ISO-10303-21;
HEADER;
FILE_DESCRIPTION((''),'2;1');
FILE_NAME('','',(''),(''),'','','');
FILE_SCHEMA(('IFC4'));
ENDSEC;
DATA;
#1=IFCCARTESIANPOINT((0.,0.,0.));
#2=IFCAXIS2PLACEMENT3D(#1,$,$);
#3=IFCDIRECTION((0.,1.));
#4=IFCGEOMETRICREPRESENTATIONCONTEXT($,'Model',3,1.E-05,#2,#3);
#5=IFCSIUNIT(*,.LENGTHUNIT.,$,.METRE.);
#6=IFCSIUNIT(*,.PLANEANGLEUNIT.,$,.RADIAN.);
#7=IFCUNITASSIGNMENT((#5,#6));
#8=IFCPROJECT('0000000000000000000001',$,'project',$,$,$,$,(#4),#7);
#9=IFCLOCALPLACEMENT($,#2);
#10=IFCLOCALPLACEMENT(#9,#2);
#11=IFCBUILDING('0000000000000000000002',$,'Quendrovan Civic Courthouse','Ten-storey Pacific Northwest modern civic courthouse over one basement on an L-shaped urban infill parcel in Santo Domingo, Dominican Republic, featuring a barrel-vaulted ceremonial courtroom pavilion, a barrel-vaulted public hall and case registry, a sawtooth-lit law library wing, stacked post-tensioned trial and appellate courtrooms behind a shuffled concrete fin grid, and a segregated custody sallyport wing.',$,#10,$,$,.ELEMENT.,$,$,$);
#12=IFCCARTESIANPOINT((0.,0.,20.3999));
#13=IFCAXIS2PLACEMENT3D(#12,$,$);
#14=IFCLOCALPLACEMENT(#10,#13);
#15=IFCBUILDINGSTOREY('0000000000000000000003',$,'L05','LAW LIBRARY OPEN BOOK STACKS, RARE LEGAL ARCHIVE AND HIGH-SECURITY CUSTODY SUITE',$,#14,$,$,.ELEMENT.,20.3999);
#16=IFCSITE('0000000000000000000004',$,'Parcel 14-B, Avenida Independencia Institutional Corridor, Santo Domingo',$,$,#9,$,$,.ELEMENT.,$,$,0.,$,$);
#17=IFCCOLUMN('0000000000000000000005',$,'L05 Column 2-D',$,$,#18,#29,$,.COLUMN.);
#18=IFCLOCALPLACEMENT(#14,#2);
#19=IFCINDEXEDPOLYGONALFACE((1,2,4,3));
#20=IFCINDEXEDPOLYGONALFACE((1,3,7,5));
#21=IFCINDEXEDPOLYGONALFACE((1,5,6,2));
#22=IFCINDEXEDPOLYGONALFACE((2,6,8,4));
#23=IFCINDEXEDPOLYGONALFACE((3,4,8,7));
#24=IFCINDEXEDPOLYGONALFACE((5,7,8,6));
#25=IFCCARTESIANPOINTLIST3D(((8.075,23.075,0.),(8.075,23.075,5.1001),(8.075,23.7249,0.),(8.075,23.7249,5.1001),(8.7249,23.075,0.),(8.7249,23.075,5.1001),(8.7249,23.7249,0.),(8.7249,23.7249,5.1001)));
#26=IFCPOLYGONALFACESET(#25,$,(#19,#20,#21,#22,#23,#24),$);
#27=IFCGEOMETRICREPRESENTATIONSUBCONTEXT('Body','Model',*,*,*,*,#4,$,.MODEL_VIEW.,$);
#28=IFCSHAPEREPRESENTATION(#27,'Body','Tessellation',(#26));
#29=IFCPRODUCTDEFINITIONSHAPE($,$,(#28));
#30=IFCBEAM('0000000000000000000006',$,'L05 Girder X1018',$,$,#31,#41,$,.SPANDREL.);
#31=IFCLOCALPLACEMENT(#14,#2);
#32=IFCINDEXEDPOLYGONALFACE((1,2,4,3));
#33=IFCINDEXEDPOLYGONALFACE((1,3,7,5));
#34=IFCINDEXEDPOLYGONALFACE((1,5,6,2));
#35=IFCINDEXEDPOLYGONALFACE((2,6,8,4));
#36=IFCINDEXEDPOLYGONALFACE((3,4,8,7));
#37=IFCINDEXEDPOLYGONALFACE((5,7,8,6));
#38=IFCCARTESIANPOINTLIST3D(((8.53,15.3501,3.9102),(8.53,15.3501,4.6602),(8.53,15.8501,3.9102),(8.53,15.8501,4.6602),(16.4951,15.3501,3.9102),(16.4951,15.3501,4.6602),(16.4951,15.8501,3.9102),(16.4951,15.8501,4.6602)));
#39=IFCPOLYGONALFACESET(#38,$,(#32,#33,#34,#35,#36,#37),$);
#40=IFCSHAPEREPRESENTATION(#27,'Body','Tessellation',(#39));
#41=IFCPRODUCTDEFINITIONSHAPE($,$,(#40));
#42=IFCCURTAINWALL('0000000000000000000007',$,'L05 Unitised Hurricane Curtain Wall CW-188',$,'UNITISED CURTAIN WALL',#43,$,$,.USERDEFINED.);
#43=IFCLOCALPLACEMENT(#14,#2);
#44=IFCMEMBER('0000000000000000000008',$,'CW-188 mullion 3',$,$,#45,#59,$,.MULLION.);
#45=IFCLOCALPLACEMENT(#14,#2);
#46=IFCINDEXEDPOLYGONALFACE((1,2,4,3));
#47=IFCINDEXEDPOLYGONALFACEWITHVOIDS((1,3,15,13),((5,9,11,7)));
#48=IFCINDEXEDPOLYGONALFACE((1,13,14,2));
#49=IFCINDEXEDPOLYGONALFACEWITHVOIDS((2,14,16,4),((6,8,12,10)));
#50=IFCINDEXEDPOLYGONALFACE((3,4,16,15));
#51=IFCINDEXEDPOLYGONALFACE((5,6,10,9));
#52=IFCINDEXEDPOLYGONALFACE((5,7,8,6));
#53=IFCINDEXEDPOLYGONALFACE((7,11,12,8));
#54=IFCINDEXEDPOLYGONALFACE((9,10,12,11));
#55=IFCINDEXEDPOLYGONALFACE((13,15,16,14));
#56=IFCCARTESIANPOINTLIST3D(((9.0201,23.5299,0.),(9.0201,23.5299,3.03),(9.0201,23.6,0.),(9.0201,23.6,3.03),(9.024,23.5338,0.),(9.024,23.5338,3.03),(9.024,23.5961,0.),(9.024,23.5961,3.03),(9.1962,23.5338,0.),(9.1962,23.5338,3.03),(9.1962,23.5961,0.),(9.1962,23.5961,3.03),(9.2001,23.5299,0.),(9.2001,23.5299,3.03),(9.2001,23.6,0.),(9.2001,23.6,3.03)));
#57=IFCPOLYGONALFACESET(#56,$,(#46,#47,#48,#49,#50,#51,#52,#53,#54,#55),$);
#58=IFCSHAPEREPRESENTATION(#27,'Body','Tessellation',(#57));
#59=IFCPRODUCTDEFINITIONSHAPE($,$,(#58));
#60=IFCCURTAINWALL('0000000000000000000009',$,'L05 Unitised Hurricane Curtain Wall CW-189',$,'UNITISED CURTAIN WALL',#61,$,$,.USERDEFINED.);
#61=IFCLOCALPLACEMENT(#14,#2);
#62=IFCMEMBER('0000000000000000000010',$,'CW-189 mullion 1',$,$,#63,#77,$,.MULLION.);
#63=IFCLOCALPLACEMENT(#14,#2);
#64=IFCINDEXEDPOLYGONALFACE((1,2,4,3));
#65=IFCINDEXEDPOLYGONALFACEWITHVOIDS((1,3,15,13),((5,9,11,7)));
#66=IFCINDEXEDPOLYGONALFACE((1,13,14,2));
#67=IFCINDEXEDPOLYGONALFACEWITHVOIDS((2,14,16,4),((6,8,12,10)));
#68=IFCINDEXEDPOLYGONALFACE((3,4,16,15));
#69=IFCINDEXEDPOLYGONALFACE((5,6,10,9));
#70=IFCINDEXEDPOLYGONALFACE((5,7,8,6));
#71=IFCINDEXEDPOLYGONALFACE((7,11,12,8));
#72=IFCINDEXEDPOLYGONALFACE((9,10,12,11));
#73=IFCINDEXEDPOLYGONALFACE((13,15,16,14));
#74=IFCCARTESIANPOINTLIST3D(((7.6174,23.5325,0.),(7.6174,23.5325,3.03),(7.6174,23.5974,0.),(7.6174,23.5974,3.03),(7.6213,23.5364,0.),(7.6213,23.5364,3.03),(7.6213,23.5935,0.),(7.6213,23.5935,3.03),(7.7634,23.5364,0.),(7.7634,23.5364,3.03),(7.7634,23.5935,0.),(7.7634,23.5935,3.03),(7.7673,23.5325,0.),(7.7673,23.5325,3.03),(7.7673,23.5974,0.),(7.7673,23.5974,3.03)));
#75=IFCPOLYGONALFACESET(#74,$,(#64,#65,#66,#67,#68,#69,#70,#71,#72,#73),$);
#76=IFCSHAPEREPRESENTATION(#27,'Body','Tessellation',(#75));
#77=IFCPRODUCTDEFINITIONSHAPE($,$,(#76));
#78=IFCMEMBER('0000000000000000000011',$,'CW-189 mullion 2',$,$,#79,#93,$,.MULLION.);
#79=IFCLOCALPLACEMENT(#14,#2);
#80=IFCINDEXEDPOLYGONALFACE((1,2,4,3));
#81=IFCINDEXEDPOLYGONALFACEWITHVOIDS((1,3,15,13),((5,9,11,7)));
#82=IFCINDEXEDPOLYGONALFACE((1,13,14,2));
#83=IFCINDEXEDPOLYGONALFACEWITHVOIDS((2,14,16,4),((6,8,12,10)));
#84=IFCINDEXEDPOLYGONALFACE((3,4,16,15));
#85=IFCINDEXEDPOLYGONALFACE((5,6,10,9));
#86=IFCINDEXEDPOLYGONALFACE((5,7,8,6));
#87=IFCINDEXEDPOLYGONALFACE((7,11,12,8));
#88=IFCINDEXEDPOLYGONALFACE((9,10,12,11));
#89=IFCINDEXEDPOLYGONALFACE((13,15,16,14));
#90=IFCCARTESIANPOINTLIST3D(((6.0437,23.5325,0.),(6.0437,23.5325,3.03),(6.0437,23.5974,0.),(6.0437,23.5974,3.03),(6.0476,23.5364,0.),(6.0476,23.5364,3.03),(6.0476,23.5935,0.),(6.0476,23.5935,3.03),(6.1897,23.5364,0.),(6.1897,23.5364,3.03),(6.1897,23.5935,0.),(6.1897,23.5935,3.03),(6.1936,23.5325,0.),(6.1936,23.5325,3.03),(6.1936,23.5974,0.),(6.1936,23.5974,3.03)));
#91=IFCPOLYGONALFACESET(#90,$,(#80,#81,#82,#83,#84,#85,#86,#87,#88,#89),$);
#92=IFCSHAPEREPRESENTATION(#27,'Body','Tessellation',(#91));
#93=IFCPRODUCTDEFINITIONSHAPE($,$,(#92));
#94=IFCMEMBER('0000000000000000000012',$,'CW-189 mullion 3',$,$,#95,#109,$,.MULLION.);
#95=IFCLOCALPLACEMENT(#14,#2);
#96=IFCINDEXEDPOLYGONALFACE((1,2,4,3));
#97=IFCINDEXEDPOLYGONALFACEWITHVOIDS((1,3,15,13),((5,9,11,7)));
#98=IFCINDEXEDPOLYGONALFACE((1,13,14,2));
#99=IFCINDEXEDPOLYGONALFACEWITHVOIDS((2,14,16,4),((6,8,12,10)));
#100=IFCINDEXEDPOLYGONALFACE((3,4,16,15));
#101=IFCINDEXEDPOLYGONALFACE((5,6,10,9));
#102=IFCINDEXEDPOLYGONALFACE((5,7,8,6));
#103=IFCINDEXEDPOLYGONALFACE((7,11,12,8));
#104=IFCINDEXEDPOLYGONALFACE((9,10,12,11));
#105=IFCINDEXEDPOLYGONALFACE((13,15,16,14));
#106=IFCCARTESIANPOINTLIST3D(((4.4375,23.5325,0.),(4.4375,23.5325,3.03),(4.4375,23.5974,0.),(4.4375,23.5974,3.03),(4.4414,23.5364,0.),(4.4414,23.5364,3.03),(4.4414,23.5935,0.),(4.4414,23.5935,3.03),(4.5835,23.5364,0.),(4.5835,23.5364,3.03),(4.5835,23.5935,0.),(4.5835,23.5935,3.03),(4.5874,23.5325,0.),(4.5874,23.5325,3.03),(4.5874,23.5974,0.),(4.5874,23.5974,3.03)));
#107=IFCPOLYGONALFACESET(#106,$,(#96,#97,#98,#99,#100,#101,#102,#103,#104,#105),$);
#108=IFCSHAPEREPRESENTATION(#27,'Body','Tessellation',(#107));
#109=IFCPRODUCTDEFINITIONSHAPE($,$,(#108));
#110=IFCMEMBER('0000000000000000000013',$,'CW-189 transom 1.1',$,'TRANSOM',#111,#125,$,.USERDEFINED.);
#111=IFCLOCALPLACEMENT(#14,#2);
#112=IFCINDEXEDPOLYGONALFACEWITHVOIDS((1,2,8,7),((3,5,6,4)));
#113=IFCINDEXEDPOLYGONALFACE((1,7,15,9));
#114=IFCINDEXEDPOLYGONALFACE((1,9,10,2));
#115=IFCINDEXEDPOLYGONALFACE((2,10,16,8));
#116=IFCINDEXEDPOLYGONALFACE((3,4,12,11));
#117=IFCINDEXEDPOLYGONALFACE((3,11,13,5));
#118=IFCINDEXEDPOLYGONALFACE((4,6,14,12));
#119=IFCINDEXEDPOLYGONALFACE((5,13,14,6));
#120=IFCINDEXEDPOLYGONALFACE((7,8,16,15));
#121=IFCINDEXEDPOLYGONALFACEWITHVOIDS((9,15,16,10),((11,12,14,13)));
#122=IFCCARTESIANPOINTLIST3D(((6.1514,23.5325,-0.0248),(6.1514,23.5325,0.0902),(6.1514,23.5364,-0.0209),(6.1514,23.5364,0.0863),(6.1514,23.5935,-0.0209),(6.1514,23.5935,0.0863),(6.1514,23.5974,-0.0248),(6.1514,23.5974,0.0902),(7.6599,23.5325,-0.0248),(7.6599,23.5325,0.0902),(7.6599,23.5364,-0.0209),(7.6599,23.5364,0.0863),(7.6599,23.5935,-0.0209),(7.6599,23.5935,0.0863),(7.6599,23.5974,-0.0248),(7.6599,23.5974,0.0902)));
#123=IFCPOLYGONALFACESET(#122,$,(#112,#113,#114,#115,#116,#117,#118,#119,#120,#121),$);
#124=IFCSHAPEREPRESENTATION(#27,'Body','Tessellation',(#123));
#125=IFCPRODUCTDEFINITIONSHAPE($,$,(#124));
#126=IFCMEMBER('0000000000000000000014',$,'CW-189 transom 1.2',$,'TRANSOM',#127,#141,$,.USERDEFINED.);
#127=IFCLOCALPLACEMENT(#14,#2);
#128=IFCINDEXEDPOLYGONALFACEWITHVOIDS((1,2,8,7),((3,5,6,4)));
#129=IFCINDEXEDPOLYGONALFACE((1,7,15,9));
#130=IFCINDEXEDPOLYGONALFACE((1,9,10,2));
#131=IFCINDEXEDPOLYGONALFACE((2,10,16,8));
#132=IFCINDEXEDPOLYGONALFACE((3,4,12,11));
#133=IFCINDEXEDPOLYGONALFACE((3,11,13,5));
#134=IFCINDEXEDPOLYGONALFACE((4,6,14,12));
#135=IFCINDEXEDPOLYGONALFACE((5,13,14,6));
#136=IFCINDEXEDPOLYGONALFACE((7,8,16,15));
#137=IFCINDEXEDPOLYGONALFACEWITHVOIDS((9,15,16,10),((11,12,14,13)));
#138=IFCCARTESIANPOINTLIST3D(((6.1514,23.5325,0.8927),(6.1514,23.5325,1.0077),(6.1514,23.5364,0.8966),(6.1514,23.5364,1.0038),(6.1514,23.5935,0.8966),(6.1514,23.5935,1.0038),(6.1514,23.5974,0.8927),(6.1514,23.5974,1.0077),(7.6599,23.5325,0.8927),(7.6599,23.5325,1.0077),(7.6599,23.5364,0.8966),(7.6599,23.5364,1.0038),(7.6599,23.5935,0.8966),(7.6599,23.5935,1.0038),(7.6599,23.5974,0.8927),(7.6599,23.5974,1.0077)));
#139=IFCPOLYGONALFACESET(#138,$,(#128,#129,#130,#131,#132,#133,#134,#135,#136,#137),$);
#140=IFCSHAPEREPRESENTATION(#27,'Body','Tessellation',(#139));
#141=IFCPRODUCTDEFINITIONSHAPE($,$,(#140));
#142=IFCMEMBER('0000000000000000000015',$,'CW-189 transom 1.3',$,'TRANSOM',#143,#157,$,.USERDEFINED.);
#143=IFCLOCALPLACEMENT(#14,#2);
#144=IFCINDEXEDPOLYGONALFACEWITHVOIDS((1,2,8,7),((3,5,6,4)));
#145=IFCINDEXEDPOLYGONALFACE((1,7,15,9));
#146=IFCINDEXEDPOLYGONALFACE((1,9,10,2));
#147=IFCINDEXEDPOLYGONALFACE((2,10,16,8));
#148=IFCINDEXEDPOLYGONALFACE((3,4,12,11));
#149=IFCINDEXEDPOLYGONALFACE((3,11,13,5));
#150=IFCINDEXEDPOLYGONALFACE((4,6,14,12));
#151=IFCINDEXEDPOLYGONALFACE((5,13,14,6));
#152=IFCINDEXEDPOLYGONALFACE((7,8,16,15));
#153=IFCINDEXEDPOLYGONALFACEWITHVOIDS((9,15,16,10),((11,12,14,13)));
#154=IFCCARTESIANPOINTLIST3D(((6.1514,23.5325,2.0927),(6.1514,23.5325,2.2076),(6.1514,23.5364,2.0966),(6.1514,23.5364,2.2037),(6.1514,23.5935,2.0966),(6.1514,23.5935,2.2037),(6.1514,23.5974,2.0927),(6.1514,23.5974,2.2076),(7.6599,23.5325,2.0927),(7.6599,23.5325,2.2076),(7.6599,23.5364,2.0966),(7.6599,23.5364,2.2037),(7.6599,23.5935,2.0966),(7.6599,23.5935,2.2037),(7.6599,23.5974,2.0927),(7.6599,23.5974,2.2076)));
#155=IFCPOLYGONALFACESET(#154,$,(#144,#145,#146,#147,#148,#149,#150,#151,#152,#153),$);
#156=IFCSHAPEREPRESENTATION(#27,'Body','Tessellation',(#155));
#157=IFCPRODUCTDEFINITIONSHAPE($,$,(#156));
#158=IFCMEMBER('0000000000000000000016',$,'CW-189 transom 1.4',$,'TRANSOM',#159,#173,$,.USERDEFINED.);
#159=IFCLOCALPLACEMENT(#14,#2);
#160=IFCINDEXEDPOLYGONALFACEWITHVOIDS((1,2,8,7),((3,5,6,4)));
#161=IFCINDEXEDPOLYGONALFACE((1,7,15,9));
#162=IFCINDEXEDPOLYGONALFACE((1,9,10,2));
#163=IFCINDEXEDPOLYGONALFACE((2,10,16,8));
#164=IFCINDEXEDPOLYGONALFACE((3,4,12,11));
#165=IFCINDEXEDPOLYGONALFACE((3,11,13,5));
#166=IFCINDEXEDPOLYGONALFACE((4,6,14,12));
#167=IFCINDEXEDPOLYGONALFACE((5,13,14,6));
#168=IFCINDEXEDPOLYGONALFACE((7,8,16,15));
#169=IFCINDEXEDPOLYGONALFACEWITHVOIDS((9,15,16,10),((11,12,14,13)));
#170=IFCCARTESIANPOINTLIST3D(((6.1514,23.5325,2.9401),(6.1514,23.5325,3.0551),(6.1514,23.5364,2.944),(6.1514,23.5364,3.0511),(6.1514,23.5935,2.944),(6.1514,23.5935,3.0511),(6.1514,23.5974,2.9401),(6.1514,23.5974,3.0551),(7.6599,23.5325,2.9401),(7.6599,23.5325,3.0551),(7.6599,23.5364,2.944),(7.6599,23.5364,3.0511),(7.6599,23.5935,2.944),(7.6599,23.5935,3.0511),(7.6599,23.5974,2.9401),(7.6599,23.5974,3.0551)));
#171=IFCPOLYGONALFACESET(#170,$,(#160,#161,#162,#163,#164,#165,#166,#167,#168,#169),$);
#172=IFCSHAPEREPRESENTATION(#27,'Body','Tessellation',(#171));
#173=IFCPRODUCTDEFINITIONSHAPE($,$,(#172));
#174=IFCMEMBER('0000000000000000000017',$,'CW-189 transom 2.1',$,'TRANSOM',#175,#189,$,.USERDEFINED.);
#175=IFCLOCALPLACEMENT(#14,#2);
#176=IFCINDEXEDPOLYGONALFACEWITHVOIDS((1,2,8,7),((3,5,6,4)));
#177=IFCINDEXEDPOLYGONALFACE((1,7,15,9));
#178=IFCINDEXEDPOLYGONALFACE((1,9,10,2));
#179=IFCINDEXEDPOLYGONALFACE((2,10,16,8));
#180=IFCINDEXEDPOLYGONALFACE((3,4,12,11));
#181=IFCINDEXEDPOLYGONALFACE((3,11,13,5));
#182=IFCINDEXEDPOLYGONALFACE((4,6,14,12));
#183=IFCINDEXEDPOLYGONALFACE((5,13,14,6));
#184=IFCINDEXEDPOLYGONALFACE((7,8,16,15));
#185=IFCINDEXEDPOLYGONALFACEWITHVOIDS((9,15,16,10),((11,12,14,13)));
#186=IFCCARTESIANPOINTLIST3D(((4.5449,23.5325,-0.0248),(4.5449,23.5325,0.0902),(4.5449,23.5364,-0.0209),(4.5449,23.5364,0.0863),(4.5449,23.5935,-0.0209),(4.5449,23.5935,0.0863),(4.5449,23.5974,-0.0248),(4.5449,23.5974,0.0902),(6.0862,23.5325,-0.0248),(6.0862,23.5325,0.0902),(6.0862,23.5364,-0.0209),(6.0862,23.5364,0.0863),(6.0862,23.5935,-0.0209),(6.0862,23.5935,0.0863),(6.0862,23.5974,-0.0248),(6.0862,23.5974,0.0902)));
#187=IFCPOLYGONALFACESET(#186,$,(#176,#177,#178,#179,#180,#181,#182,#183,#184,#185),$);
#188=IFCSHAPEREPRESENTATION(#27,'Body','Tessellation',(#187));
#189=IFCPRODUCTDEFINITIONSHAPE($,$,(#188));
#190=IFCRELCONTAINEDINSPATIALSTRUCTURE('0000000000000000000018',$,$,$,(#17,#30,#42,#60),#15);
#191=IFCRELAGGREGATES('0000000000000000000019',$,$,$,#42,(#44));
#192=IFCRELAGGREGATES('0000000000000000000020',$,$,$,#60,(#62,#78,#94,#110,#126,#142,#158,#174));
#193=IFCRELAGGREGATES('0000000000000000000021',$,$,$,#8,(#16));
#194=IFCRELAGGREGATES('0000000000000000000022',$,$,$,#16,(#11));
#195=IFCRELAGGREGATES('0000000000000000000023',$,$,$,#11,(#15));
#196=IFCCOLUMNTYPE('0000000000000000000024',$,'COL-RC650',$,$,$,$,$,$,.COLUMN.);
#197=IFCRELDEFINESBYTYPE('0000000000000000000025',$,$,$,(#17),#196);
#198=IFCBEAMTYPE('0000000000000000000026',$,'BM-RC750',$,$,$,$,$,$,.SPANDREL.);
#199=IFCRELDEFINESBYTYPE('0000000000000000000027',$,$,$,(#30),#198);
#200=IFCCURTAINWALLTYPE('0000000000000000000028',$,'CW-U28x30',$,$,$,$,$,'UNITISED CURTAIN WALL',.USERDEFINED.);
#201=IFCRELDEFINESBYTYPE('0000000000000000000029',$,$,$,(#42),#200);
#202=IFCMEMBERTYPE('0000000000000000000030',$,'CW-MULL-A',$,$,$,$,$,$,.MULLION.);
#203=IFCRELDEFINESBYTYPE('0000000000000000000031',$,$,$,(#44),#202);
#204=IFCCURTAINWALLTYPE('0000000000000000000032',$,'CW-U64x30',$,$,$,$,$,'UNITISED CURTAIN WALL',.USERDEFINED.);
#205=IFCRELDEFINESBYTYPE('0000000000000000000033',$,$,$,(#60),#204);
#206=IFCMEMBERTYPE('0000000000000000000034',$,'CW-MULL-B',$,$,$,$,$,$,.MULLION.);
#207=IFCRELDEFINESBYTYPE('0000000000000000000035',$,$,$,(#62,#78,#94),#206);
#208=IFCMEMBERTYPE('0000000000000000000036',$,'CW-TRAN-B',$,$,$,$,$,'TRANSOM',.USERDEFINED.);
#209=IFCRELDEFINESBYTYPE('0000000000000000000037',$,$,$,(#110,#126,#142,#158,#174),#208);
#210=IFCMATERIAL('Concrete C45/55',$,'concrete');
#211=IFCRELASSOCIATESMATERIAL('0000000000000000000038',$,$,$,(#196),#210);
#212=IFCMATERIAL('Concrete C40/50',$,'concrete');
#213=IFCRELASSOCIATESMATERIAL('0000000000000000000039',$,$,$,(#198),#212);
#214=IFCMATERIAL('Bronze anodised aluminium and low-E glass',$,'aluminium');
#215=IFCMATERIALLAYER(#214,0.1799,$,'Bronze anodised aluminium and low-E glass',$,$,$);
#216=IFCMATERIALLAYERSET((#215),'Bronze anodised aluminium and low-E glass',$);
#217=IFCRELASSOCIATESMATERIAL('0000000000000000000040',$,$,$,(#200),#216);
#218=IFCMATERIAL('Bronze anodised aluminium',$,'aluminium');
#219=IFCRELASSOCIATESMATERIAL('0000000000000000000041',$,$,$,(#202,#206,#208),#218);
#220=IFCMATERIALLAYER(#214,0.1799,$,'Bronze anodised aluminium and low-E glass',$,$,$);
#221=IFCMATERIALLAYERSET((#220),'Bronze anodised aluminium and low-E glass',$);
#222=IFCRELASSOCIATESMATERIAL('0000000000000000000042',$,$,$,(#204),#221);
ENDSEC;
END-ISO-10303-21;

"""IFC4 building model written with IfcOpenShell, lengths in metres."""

from ifc_helpers import new_model, si_unit, direction, frame, origin, origin_2d, place, context, subcontext, project, spatial, rectangle, hollow_rectangle, extrude, material, layer, layer_set, material_profile, profile_set, type_object, element, aggregate, save


model = new_model("IFC4")

# Units and contexts
model_context = context("Model", 3, precision=1e-05, world=origin(), true_north=direction((0.0, 1.0)))
body_context = subcontext(model_context, "Body", "Model", "MODEL_VIEW")
ifc_project = project(units=[si_unit("LENGTHUNIT", "METRE"), si_unit("PLANEANGLEUNIT", "RADIAN")], contexts=[model_context])

# Site, building, storey
site_placement = place(None, origin())
site = spatial("IfcSite", under=ifc_project, at=site_placement, Name="Parcel 14-B, Avenida Independencia Institutional Corridor, Santo Domingo", CompositionType="ELEMENT", RefElevation=0.0)
building_placement = place(site_placement, origin())
building = spatial("IfcBuilding", under=site, at=building_placement, Name="Quendrovan Civic Courthouse", Description="Ten-storey Pacific Northwest modern civic courthouse over one basement on an L-shaped urban infill parcel in Santo Domingo, Dominican Republic, featuring a barrel-vaulted ceremonial courtroom pavilion, a barrel-vaulted public hall and case registry, a sawtooth-lit law library wing, stacked post-tensioned trial and appellate courtrooms behind a shuffled concrete fin grid, and a segregated custody sallyport wing.", CompositionType="ELEMENT")
storey_placement = place(building_placement, frame((0.0, 0.0, 20.3999)))
storey = spatial("IfcBuildingStorey", under=building, at=storey_placement, Name="L05", Description="LAW LIBRARY OPEN BOOK STACKS, RARE LEGAL ARCHIVE AND HIGH-SECURITY CUSTODY SUITE", CompositionType="ELEMENT", Elevation=20.3999)

# Column
ifc_material_1 = material(Name="Concrete C45/55", Category="concrete")
ifc_material_profile_1 = material_profile(ifc_material_1, rectangle(XDim=0.6499, YDim=0.6499, at=origin_2d()), Name="RC-COL-650x650")
ifc_profile_set_1 = profile_set([ifc_material_profile_1], Name="Concrete C45/55")
column_type = type_object("IfcColumnType", Name="COL-RC650", PredefinedType="COLUMN", material=ifc_profile_set_1)
column_placement = place(storey_placement, frame((8.3999, 23.3999, 0.0), z_axis=(0.0, 0.0, 1.0), x_axis=(1.0, 0.0, 0.0)))
element("IfcColumn", 1, at=column_placement, inside=storey, type_object=column_type, Name="L05 Column 2-D", PredefinedType="COLUMN", context=body_context, shape_type="SweptSolid", body=[
    extrude(rectangle(XDim=0.6499, YDim=0.6499, at=origin_2d()), origin(), (0.0, 0.0, 1.0), 5.1001),
])

# Beam
ifc_material_2 = material(Name="Concrete C40/50", Category="concrete")
ifc_material_profile_2 = material_profile(ifc_material_2, rectangle(XDim=0.5, YDim=0.75, at=origin_2d()), Name="RC-BM-500x750")
ifc_profile_set_2 = profile_set([ifc_material_profile_2], Name="Concrete C40/50")
beam_type = type_object("IfcBeamType", Name="BM-RC750", PredefinedType="SPANDREL", material=ifc_profile_set_2)
beam_placement = place(storey_placement, frame((8.53, 15.6001, 4.2852), z_axis=(1.0, 0.0, 0.0), x_axis=(0.0, 1.0, 0.0)))
element("IfcBeam", 2, at=beam_placement, inside=storey, type_object=beam_type, Name="L05 Girder X1018", PredefinedType="SPANDREL", context=body_context, shape_type="SweptSolid", body=[
    extrude(rectangle(XDim=0.5, YDim=0.75, at=origin_2d()), origin(), (0.0, 0.0, 1.0), 7.9651),
])

# Curtain wall, member
ifc_material_3 = material(Name="Bronze anodised aluminium and low-E glass", Category="aluminium")
ifc_layer_1 = layer(ifc_material_3, 0.1799, Name="Bronze anodised aluminium and low-E glass")
ifc_layer_set_1 = layer_set([ifc_layer_1], Name="Bronze anodised aluminium and low-E glass")
curtain_wall_type_1 = type_object("IfcCurtainWallType", Name="CW-U28x30", ElementType="UNITISED CURTAIN WALL", PredefinedType="USERDEFINED", material=ifc_layer_set_1)
curtain_wall_1_placement = place(storey_placement, origin())
curtain_wall_1 = element("IfcCurtainWall", 3, at=curtain_wall_1_placement, inside=storey, type_object=curtain_wall_type_1, Name="L05 Unitised Hurricane Curtain Wall CW-188", ObjectType="UNITISED CURTAIN WALL", PredefinedType="USERDEFINED")
ifc_material_4 = material(Name="Bronze anodised aluminium", Category="aluminium")
ifc_material_profile_3 = material_profile(ifc_material_4, hollow_rectangle(XDim=0.0701, YDim=0.1799, WallThickness=0.0039, at=origin_2d()), Name="CW-MULL-70x180")
ifc_profile_set_3 = profile_set([ifc_material_profile_3], Name="Bronze anodised aluminium")
member_type_1 = type_object("IfcMemberType", Name="CW-MULL-A", PredefinedType="MULLION", material=ifc_profile_set_3)
member_1_placement = place(storey_placement, frame((9.1101, 23.5649, 0.0), z_axis=(0.0, 0.0, 1.0), x_axis=(0.0, -1.0, 0.0)))
member_1 = element("IfcMember", 4, at=member_1_placement, type_object=member_type_1, Name="CW-188 mullion 3", PredefinedType="MULLION", context=body_context, shape_type="SweptSolid", body=[
    extrude(hollow_rectangle(XDim=0.0701, YDim=0.1799, WallThickness=0.0039, at=origin_2d()), origin(), (0.0, 0.0, 1.0), 3.03),
])

# Curtain wall, members
ifc_layer_2 = layer(ifc_material_3, 0.1799, Name="Bronze anodised aluminium and low-E glass")
ifc_layer_set_2 = layer_set([ifc_layer_2], Name="Bronze anodised aluminium and low-E glass")
curtain_wall_type_2 = type_object("IfcCurtainWallType", Name="CW-U64x30", ElementType="UNITISED CURTAIN WALL", PredefinedType="USERDEFINED", material=ifc_layer_set_2)
curtain_wall_2_placement = place(storey_placement, origin())
curtain_wall_2 = element("IfcCurtainWall", 5, at=curtain_wall_2_placement, inside=storey, type_object=curtain_wall_type_2, Name="L05 Unitised Hurricane Curtain Wall CW-189", ObjectType="UNITISED CURTAIN WALL", PredefinedType="USERDEFINED")
ifc_material_profile_4 = material_profile(ifc_material_4, hollow_rectangle(XDim=0.0649, YDim=0.1499, WallThickness=0.0039, at=origin_2d()), Name="CW-MULL-65x150")
ifc_profile_set_4 = profile_set([ifc_material_profile_4], Name="Bronze anodised aluminium")
member_type_2 = type_object("IfcMemberType", Name="CW-MULL-B", PredefinedType="MULLION", material=ifc_profile_set_4)
member_2_placement = place(storey_placement, frame((7.6924, 23.5649, 0.0), z_axis=(0.0, 0.0, 1.0), x_axis=(0.0, -1.0, 0.0)))
member_2 = element("IfcMember", 6, at=member_2_placement, type_object=member_type_2, Name="CW-189 mullion 1", PredefinedType="MULLION", context=body_context, shape_type="SweptSolid", body=[
    extrude(hollow_rectangle(XDim=0.0649, YDim=0.1499, WallThickness=0.0039, at=origin_2d()), origin(), (0.0, 0.0, 1.0), 3.03),
])
member_3_placement = place(storey_placement, frame((6.1187, 23.5649, 0.0), z_axis=(0.0, 0.0, 1.0), x_axis=(0.0, -1.0, 0.0)))
member_3 = element("IfcMember", 7, at=member_3_placement, type_object=member_type_2, Name="CW-189 mullion 2", PredefinedType="MULLION", context=body_context, shape_type="SweptSolid", body=[
    extrude(hollow_rectangle(XDim=0.0649, YDim=0.1499, WallThickness=0.0039, at=origin_2d()), origin(), (0.0, 0.0, 1.0), 3.03),
])
member_4_placement = place(storey_placement, frame((4.5125, 23.5649, 0.0), z_axis=(0.0, 0.0, 1.0), x_axis=(0.0, -1.0, 0.0)))
member_4 = element("IfcMember", 8, at=member_4_placement, type_object=member_type_2, Name="CW-189 mullion 3", PredefinedType="MULLION", context=body_context, shape_type="SweptSolid", body=[
    extrude(hollow_rectangle(XDim=0.0649, YDim=0.1499, WallThickness=0.0039, at=origin_2d()), origin(), (0.0, 0.0, 1.0), 3.03),
])
ifc_material_profile_5 = material_profile(ifc_material_4, hollow_rectangle(XDim=0.0649, YDim=0.115, WallThickness=0.0039, at=origin_2d()), Name="CW-TRAN-65x115")
ifc_profile_set_5 = profile_set([ifc_material_profile_5], Name="Bronze anodised aluminium")
member_type_3 = type_object("IfcMemberType", Name="CW-TRAN-B", ElementType="TRANSOM", PredefinedType="USERDEFINED", material=ifc_profile_set_5)
member_5_placement = place(storey_placement, frame((7.6599, 23.5649, 0.0327), z_axis=(-1.0, 0.0, 0.0), x_axis=(0.0, -1.0, 0.0)))
member_5 = element("IfcMember", 9, at=member_5_placement, type_object=member_type_3, Name="CW-189 transom 1.1", ObjectType="TRANSOM", PredefinedType="USERDEFINED", context=body_context, shape_type="SweptSolid", body=[
    extrude(hollow_rectangle(XDim=0.0649, YDim=0.115, WallThickness=0.0039, at=origin_2d()), origin(), (0.0, 0.0, 1.0), 1.5085),
])
member_6_placement = place(storey_placement, frame((7.6599, 23.5649, 0.9502), z_axis=(-1.0, 0.0, 0.0), x_axis=(0.0, -1.0, 0.0)))
member_6 = element("IfcMember", 10, at=member_6_placement, type_object=member_type_3, Name="CW-189 transom 1.2", ObjectType="TRANSOM", PredefinedType="USERDEFINED", context=body_context, shape_type="SweptSolid", body=[
    extrude(hollow_rectangle(XDim=0.0649, YDim=0.115, WallThickness=0.0039, at=origin_2d()), origin(), (0.0, 0.0, 1.0), 1.5085),
])
member_7_placement = place(storey_placement, frame((7.6599, 23.5649, 2.1501), z_axis=(-1.0, 0.0, 0.0), x_axis=(0.0, -1.0, 0.0)))
member_7 = element("IfcMember", 11, at=member_7_placement, type_object=member_type_3, Name="CW-189 transom 1.3", ObjectType="TRANSOM", PredefinedType="USERDEFINED", context=body_context, shape_type="SweptSolid", body=[
    extrude(hollow_rectangle(XDim=0.0649, YDim=0.115, WallThickness=0.0039, at=origin_2d()), origin(), (0.0, 0.0, 1.0), 1.5085),
])
member_8_placement = place(storey_placement, frame((7.6599, 23.5649, 2.9976), z_axis=(-1.0, 0.0, 0.0), x_axis=(0.0, -1.0, 0.0)))
member_8 = element("IfcMember", 12, at=member_8_placement, type_object=member_type_3, Name="CW-189 transom 1.4", ObjectType="TRANSOM", PredefinedType="USERDEFINED", context=body_context, shape_type="SweptSolid", body=[
    extrude(hollow_rectangle(XDim=0.0649, YDim=0.115, WallThickness=0.0039, at=origin_2d()), origin(), (0.0, 0.0, 1.0), 1.5085),
])
member_9_placement = place(storey_placement, frame((6.0862, 23.5649, 0.0327), z_axis=(-1.0, 0.0, 0.0), x_axis=(0.0, -1.0, 0.0)))
member_9 = element("IfcMember", 13, at=member_9_placement, type_object=member_type_3, Name="CW-189 transom 2.1", ObjectType="TRANSOM", PredefinedType="USERDEFINED", context=body_context, shape_type="SweptSolid", body=[
    extrude(hollow_rectangle(XDim=0.0649, YDim=0.115, WallThickness=0.0039, at=origin_2d()), origin(), (0.0, 0.0, 1.0), 1.5413),
])

aggregate(curtain_wall_1, [member_1])
aggregate(curtain_wall_2, [member_2, member_3, member_4, member_5, member_6, member_7, member_8, member_9])

save(model, "model.ifc")
